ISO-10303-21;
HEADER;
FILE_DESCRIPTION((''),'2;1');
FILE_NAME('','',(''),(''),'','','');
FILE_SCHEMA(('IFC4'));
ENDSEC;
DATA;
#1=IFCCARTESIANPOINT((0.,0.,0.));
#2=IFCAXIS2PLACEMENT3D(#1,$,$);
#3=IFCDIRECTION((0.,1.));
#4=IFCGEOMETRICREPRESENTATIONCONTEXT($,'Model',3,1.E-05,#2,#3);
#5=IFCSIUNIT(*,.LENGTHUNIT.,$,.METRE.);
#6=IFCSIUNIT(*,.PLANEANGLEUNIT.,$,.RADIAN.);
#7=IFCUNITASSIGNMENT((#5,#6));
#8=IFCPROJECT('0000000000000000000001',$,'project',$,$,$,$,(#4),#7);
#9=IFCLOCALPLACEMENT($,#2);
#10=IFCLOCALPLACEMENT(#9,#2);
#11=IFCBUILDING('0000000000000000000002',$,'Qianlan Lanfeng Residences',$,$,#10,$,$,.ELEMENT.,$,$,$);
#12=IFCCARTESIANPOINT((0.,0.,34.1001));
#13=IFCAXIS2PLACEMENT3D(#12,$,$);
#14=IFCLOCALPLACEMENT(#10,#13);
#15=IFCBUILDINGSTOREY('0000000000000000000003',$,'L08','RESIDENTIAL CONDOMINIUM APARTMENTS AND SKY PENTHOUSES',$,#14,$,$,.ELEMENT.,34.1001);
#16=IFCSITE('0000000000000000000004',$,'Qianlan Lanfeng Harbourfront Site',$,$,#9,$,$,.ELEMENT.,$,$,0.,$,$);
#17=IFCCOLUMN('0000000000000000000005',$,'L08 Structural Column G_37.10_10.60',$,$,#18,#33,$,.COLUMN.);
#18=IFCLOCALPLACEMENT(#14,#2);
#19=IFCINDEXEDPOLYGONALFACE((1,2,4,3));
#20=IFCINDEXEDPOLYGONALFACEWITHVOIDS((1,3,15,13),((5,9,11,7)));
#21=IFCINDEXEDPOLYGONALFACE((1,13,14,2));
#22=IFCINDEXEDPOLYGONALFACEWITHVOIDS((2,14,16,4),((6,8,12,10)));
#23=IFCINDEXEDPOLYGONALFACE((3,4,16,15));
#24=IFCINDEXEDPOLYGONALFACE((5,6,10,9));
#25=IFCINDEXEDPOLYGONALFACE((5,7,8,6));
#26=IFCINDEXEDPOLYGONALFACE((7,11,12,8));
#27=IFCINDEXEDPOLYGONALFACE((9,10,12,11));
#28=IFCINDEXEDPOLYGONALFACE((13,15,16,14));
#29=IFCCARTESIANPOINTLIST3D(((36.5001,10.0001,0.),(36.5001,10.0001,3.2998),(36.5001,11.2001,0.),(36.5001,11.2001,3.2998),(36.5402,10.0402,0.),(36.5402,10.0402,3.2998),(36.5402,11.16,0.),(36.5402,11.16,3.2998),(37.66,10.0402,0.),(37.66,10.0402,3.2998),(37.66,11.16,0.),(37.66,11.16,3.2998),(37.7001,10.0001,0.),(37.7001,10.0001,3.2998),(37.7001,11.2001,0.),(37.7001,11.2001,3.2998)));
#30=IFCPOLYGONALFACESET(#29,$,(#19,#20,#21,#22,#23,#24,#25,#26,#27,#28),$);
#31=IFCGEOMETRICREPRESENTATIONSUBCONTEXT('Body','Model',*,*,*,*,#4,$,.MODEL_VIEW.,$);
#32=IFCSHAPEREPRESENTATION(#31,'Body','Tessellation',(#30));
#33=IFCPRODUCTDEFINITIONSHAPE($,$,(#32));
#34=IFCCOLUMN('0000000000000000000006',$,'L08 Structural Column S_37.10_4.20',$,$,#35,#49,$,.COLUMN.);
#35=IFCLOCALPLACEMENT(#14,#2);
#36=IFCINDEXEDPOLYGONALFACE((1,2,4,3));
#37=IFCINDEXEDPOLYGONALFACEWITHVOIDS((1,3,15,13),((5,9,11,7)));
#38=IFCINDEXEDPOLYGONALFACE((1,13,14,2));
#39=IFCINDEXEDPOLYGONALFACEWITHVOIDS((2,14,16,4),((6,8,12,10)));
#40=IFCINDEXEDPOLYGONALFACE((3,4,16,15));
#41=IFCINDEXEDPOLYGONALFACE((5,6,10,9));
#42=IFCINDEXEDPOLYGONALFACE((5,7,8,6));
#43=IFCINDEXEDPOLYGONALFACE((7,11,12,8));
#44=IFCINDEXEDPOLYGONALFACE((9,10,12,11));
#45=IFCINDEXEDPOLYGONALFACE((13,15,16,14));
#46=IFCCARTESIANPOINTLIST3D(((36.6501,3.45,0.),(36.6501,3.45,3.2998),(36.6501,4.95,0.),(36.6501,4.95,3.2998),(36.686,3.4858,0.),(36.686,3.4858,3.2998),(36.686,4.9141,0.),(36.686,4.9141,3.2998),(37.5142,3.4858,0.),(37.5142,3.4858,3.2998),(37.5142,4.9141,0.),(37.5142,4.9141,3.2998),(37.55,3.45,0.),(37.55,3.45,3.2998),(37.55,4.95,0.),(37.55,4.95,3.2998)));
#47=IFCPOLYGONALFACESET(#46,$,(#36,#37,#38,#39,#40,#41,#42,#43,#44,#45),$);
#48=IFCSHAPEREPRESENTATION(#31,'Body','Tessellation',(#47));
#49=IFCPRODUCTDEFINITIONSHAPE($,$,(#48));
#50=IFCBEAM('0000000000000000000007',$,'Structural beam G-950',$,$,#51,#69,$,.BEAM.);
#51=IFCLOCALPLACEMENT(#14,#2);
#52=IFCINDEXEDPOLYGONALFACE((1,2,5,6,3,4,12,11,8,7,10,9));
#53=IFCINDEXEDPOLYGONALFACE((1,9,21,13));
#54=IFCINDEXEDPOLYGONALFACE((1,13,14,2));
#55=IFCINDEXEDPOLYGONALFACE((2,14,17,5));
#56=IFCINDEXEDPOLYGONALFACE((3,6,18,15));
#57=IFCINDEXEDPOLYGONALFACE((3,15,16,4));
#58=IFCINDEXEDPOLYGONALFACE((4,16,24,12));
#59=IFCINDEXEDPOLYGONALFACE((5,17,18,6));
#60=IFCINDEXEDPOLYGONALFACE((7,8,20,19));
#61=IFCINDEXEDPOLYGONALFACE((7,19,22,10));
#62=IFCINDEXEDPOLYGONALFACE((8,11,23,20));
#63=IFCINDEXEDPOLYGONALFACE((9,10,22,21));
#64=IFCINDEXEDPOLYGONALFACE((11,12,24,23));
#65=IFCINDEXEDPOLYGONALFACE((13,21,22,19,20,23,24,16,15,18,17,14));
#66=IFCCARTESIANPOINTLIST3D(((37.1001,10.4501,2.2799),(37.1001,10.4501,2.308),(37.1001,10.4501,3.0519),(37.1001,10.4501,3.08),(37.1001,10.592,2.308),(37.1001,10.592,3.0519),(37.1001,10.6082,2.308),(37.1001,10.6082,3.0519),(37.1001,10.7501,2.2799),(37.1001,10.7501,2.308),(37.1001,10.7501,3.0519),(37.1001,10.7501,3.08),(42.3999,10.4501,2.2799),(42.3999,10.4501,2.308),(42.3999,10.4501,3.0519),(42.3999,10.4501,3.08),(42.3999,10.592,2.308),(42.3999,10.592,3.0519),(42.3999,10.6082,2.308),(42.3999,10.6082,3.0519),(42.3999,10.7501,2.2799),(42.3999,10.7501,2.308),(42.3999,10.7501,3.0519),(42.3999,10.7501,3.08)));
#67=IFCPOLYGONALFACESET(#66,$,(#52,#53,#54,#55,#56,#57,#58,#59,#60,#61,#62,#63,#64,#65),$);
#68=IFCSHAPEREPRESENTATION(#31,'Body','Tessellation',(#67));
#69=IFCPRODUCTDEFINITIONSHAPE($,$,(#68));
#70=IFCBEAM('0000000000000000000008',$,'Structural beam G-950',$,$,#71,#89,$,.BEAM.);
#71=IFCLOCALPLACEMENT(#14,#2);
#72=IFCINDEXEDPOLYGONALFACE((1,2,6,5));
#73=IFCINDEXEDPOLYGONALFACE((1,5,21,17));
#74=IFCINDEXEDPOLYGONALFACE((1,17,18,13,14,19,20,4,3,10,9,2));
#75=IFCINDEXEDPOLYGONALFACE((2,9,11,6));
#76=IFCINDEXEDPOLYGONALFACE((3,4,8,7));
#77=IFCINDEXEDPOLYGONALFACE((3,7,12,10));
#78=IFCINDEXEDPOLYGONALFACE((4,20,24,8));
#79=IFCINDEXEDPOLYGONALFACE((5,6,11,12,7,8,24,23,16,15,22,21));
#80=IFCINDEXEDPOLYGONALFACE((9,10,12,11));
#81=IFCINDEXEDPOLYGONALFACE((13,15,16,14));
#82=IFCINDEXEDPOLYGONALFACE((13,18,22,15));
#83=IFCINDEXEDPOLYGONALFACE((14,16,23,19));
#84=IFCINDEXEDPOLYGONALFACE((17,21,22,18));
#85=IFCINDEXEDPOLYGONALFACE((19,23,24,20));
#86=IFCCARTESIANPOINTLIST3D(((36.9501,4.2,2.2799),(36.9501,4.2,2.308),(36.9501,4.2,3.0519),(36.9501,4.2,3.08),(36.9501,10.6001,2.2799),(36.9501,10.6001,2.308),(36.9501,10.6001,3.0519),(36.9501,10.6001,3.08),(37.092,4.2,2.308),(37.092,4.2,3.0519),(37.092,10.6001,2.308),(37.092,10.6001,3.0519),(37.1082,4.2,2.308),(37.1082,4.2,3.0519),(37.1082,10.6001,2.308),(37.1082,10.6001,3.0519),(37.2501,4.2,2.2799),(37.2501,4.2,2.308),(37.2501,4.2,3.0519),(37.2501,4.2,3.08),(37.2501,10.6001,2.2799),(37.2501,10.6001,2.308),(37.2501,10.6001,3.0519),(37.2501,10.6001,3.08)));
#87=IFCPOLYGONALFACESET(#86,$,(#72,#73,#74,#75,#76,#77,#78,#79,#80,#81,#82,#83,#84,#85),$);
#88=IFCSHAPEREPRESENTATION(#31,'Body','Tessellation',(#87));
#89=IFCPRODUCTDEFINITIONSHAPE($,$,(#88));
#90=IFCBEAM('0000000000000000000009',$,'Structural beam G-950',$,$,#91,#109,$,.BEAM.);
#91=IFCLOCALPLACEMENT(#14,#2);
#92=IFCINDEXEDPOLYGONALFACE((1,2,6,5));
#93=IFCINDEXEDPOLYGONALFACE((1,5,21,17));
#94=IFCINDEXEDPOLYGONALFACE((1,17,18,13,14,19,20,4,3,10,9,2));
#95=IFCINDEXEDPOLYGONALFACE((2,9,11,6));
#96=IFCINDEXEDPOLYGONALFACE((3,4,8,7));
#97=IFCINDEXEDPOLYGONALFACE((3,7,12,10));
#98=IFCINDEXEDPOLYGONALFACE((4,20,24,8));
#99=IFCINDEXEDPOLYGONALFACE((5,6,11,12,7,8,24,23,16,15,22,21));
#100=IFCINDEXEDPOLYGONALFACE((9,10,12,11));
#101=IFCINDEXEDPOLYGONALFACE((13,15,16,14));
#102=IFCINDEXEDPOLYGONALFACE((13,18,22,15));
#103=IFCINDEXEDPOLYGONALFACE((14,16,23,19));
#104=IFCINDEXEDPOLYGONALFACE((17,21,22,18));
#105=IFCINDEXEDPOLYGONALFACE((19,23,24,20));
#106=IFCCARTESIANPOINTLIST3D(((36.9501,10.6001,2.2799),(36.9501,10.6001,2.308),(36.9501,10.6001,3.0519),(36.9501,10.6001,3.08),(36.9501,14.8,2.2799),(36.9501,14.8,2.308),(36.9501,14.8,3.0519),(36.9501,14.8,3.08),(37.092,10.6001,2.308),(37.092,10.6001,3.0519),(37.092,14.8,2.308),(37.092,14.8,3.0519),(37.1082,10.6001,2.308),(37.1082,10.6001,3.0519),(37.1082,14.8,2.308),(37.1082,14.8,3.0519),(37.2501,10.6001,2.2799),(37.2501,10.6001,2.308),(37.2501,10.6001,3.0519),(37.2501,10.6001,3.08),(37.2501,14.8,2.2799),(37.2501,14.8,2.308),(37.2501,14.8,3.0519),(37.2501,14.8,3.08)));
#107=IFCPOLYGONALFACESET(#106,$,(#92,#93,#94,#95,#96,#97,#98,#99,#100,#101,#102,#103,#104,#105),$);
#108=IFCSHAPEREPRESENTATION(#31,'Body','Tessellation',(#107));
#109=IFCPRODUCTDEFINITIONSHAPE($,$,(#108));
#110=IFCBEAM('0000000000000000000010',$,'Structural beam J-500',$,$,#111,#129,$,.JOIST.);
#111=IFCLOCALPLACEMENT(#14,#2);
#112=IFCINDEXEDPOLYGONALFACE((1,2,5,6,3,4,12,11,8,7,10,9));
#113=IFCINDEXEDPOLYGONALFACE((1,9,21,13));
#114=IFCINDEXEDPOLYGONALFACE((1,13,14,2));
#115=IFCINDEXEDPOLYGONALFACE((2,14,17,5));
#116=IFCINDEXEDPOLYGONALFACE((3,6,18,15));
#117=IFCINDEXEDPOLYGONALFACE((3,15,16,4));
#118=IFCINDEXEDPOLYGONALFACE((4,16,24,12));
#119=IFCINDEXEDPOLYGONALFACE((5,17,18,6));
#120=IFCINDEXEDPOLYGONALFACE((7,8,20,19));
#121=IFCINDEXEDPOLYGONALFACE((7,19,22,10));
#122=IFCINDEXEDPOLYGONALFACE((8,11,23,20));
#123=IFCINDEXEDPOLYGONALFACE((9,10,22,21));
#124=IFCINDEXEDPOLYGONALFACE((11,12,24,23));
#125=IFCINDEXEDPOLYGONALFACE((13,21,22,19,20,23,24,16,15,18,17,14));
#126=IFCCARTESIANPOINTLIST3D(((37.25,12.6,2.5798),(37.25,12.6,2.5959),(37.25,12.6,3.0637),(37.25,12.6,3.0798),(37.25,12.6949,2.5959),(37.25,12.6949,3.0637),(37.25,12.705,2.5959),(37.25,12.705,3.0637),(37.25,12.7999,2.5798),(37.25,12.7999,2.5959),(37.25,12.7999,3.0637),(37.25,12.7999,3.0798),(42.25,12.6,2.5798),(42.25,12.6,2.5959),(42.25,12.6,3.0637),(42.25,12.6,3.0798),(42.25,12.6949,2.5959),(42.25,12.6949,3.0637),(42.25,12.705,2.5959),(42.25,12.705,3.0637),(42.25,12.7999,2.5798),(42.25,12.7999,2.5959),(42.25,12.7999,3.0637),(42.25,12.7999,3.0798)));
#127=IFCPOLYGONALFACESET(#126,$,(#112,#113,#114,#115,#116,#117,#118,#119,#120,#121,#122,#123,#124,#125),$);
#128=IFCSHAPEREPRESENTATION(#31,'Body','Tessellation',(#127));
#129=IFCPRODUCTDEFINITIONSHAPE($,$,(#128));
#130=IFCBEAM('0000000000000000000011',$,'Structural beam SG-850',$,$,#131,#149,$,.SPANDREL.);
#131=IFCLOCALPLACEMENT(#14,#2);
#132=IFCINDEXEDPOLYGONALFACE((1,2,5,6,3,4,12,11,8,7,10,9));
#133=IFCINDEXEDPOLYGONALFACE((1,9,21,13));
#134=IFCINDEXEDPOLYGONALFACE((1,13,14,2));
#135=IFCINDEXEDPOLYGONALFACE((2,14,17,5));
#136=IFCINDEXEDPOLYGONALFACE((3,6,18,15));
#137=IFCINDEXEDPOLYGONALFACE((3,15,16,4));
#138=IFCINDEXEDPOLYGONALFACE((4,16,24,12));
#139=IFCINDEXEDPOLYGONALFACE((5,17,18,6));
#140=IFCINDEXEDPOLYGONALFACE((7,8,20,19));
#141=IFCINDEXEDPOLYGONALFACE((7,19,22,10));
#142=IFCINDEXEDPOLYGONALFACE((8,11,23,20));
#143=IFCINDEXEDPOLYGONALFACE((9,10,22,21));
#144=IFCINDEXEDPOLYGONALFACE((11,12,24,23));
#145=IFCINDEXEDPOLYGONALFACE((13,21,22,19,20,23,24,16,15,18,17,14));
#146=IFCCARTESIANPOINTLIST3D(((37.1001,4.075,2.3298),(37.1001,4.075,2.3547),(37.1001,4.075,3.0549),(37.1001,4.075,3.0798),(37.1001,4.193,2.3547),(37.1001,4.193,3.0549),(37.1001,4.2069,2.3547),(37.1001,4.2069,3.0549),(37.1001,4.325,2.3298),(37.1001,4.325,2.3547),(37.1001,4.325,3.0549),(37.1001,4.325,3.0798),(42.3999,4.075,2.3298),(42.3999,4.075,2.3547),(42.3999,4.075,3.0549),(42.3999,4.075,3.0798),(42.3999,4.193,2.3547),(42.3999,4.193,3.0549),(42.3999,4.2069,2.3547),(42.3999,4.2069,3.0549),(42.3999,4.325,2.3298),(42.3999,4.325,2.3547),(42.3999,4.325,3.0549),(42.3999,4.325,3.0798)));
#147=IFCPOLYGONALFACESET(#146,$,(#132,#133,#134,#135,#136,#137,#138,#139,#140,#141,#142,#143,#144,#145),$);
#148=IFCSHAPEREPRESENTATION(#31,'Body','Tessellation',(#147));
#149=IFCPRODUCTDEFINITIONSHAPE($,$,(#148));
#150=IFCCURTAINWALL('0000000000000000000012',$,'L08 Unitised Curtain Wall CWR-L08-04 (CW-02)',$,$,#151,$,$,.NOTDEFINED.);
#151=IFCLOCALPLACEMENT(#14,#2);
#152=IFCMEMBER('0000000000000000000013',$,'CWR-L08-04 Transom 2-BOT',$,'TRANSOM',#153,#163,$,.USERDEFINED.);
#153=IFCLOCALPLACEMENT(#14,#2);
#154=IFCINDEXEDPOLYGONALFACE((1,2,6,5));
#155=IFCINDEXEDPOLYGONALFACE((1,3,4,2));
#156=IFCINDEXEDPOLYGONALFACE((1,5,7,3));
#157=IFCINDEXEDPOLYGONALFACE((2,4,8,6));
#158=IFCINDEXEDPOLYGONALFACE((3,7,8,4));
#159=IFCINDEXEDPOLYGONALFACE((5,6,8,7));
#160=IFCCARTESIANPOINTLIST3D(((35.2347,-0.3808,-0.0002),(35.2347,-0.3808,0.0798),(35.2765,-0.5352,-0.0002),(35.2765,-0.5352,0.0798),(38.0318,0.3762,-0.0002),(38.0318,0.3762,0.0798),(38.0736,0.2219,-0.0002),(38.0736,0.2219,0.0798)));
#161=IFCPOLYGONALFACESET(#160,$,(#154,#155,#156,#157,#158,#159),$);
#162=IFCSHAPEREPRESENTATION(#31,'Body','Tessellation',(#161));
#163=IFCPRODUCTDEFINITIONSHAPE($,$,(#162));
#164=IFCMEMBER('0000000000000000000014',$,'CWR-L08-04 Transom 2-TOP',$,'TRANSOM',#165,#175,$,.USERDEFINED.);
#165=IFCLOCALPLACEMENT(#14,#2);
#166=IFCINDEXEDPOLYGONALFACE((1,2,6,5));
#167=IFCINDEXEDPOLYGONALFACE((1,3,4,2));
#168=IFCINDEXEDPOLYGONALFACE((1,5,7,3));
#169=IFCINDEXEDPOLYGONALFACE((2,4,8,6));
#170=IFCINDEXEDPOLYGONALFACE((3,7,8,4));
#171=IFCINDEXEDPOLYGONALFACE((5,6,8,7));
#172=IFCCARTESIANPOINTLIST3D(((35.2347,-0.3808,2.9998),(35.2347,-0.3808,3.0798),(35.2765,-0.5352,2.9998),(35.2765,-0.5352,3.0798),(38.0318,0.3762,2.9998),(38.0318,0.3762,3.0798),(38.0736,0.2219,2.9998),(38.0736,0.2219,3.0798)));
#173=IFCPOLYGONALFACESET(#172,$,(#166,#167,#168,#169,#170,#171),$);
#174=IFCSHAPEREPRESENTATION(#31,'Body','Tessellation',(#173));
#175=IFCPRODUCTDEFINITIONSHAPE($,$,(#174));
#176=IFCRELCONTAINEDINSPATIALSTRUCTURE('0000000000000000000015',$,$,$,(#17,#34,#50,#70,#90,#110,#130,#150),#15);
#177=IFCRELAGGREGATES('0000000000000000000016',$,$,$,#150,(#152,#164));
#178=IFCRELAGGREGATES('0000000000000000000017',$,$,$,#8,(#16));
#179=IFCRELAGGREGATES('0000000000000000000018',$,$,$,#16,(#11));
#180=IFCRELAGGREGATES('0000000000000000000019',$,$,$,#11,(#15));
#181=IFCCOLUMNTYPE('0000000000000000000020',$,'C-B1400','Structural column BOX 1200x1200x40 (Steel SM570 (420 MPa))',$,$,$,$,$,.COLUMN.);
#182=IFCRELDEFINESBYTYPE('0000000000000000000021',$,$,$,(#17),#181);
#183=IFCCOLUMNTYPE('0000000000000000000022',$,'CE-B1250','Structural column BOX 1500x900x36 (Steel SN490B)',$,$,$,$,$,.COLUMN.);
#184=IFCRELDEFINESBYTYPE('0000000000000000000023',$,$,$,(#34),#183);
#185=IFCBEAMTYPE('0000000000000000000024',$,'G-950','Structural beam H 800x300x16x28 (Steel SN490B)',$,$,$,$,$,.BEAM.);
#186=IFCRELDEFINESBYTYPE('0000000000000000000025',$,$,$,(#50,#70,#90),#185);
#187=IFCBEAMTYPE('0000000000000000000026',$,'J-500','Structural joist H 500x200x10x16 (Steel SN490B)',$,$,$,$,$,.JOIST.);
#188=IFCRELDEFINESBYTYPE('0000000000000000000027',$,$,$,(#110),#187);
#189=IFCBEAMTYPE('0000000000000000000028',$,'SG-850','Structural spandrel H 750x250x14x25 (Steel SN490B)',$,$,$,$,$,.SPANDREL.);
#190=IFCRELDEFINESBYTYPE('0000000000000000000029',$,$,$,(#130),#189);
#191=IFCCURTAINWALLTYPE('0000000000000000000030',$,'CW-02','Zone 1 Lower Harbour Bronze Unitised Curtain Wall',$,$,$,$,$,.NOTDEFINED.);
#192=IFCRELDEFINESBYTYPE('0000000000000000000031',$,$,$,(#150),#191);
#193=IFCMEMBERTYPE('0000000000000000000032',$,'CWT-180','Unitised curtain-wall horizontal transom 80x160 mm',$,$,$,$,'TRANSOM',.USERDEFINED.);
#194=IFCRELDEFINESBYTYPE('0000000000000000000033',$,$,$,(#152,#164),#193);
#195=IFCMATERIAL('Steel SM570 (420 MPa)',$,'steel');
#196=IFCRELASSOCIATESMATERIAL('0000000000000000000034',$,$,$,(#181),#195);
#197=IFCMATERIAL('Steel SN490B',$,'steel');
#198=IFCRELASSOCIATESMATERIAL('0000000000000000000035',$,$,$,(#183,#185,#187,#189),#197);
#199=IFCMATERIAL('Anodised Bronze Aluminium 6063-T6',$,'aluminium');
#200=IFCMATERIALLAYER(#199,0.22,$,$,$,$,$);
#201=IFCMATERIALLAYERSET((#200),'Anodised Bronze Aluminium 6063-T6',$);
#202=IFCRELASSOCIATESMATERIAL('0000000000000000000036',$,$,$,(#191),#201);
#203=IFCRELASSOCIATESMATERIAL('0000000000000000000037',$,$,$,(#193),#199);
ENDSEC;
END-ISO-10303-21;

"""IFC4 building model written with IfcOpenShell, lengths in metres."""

from ifc_helpers import new_model, si_unit, direction, frame, origin, origin_2d, place, context, subcontext, project, spatial, rectangle, hollow_rectangle, i_section, extrude, source, transform, mapped, material, layer, layer_set, material_profile, profile_set, type_object, element, aggregate, save


model = new_model("IFC4")

# Units and contexts
model_context = context("Model", 3, precision=1e-05, world=origin(), true_north=direction((0.0, 1.0)))
body_context = subcontext(model_context, "Body", "Model", "MODEL_VIEW")
ifc_project = project(units=[si_unit("LENGTHUNIT", "METRE"), si_unit("PLANEANGLEUNIT", "RADIAN")], contexts=[model_context])

# Site, building, storey
site_placement = place(None, origin())
site = spatial("IfcSite", under=ifc_project, at=site_placement, Name="Qianlan Lanfeng Harbourfront Site", CompositionType="ELEMENT", RefElevation=0.0)
building_placement = place(site_placement, origin())
building = spatial("IfcBuilding", under=site, at=building_placement, Name="Qianlan Lanfeng Residences", CompositionType="ELEMENT")
storey_placement = place(building_placement, frame((0.0, 0.0, 34.1001)))
storey = spatial("IfcBuildingStorey", under=building, at=storey_placement, Name="L08", Description="RESIDENTIAL CONDOMINIUM APARTMENTS AND SKY PENTHOUSES", CompositionType="ELEMENT", Elevation=34.1001)

# Columns
ifc_material_1 = material(Name="Steel SM570 (420 MPa)", Category="steel")
ifc_material_profile_1 = material_profile(ifc_material_1, hollow_rectangle(XDim=1.2, YDim=1.2, WallThickness=0.04, at=origin_2d()), Name="BOX 1200x1200x40")
ifc_profile_set_1 = profile_set([ifc_material_profile_1], Name="Steel SM570 (420 MPa)")
column_type_1 = type_object("IfcColumnType", Name="C-B1400", Description="Structural column BOX 1200x1200x40 (Steel SM570 (420 MPa))", PredefinedType="COLUMN", material=ifc_profile_set_1)
column_1_placement = place(storey_placement, frame((37.1001, 10.6001, 0.0), z_axis=(0.0, 0.0, 1.0), x_axis=(1.0, 0.0, 0.0)))
element("IfcColumn", 1, at=column_1_placement, inside=storey, type_object=column_type_1, Name="L08 Structural Column G_37.10_10.60", PredefinedType="COLUMN", context=body_context, shape_type="SweptSolid", body=[
    extrude(hollow_rectangle(XDim=1.2, YDim=1.2, WallThickness=0.04, at=origin_2d()), origin(), (0.0, 0.0, 1.0), 3.2998),
])
ifc_material_2 = material(Name="Steel SN490B", Category="steel")
ifc_material_profile_2 = material_profile(ifc_material_2, hollow_rectangle(XDim=0.8999, YDim=1.5, WallThickness=0.0359, at=origin_2d()), Name="BOX 1500x900x36")
ifc_profile_set_2 = profile_set([ifc_material_profile_2], Name="Steel SN490B")
column_type_2 = type_object("IfcColumnType", Name="CE-B1250", Description="Structural column BOX 1500x900x36 (Steel SN490B)", PredefinedType="COLUMN", material=ifc_profile_set_2)
column_2_placement = place(storey_placement, frame((37.1001, 4.2, 0.0), z_axis=(0.0, 0.0, 1.0), x_axis=(1.0, 0.0, 0.0)))
element("IfcColumn", 2, at=column_2_placement, inside=storey, type_object=column_type_2, Name="L08 Structural Column S_37.10_4.20", PredefinedType="COLUMN", context=body_context, shape_type="SweptSolid", body=[
    extrude(hollow_rectangle(XDim=0.8999, YDim=1.5, WallThickness=0.0359, at=origin_2d()), origin(), (0.0, 0.0, 1.0), 3.2998),
])

# Beams
ifc_material_profile_3 = material_profile(ifc_material_2, i_section(OverallWidth=0.3, OverallDepth=0.8, WebThickness=0.0161, FlangeThickness=0.0281, at=origin_2d()), Name="H 800x300x16x28")
ifc_profile_set_3 = profile_set([ifc_material_profile_3], Name="Steel SN490B")
beam_type_1 = type_object("IfcBeamType", Name="G-950", Description="Structural beam H 800x300x16x28 (Steel SN490B)", PredefinedType="BEAM", material=ifc_profile_set_3)
beam_1_placement = place(storey_placement, frame((37.1001, 10.6001, 2.6799), z_axis=(1.0, 0.0, 0.0), x_axis=(0.0, 1.0, 0.0)))
element("IfcBeam", 3, at=beam_1_placement, inside=storey, type_object=beam_type_1, Name="Structural beam G-950", PredefinedType="BEAM", context=body_context, shape_type="SweptSolid", body=[
    extrude(i_section(OverallWidth=0.3, OverallDepth=0.8, WebThickness=0.0161, FlangeThickness=0.0281, at=origin_2d()), origin(), (0.0, 0.0, 1.0), 5.2998),
])
beam_2_placement = place(storey_placement, frame((37.1001, 4.2, 2.6799), z_axis=(0.0, 1.0, 0.0), x_axis=(-1.0, 0.0, 0.0)))
element("IfcBeam", 4, at=beam_2_placement, inside=storey, type_object=beam_type_1, Name="Structural beam G-950", PredefinedType="BEAM", context=body_context, shape_type="SweptSolid", body=[
    extrude(i_section(OverallWidth=0.3, OverallDepth=0.8, WebThickness=0.0161, FlangeThickness=0.0281, at=origin_2d()), origin(), (0.0, 0.0, 1.0), 6.4001),
])
beam_3_placement = place(storey_placement, frame((37.1001, 10.6001, 2.6799), z_axis=(0.0, 1.0, 0.0), x_axis=(-1.0, 0.0, 0.0)))
element("IfcBeam", 5, at=beam_3_placement, inside=storey, type_object=beam_type_1, Name="Structural beam G-950", PredefinedType="BEAM", context=body_context, shape_type="SweptSolid", body=[
    extrude(i_section(OverallWidth=0.3, OverallDepth=0.8, WebThickness=0.0161, FlangeThickness=0.0281, at=origin_2d()), origin(), (0.0, 0.0, 1.0), 4.2),
])
ifc_material_profile_4 = material_profile(ifc_material_2, i_section(OverallWidth=0.2, OverallDepth=0.5, WebThickness=0.01, FlangeThickness=0.0161, at=origin_2d()), Name="H 500x200x10x16")
ifc_profile_set_4 = profile_set([ifc_material_profile_4], Name="Steel SN490B")
beam_type_2 = type_object("IfcBeamType", Name="J-500", Description="Structural joist H 500x200x10x16 (Steel SN490B)", PredefinedType="JOIST", material=ifc_profile_set_4)
beam_4_placement = place(storey_placement, frame((37.25, 12.7, 2.8298), z_axis=(1.0, 0.0, 0.0), x_axis=(0.0, 1.0, 0.0)))
element("IfcBeam", 6, at=beam_4_placement, inside=storey, type_object=beam_type_2, Name="Structural beam J-500", PredefinedType="JOIST", context=body_context, shape_type="SweptSolid", body=[
    extrude(i_section(OverallWidth=0.2, OverallDepth=0.5, WebThickness=0.01, FlangeThickness=0.0161, at=origin_2d()), origin(), (0.0, 0.0, 1.0), 5.0),
])
ifc_material_profile_5 = material_profile(ifc_material_2, i_section(OverallWidth=0.25, OverallDepth=0.75, WebThickness=0.0139, FlangeThickness=0.0249, at=origin_2d()), Name="H 750x250x14x25")
ifc_profile_set_5 = profile_set([ifc_material_profile_5], Name="Steel SN490B")
beam_type_3 = type_object("IfcBeamType", Name="SG-850", Description="Structural spandrel H 750x250x14x25 (Steel SN490B)", PredefinedType="SPANDREL", material=ifc_profile_set_5)
beam_5_placement = place(storey_placement, frame((37.1001, 4.2, 2.7048), z_axis=(1.0, 0.0, 0.0), x_axis=(0.0, 1.0, 0.0)))
element("IfcBeam", 7, at=beam_5_placement, inside=storey, type_object=beam_type_3, Name="Structural beam SG-850", PredefinedType="SPANDREL", context=body_context, shape_type="SweptSolid", body=[
    extrude(i_section(OverallWidth=0.25, OverallDepth=0.75, WebThickness=0.0139, FlangeThickness=0.0249, at=origin_2d()), origin(), (0.0, 0.0, 1.0), 5.2998),
])

# Curtain wall, members
ifc_material_3 = material(Name="Anodised Bronze Aluminium 6063-T6", Category="aluminium")
ifc_layer_1 = layer(ifc_material_3, 0.22)
ifc_layer_set_1 = layer_set([ifc_layer_1], Name="Anodised Bronze Aluminium 6063-T6")
curtain_wall_type = type_object("IfcCurtainWallType", Name="CW-02", Description="Zone 1 Lower Harbour Bronze Unitised Curtain Wall", PredefinedType="NOTDEFINED", material=ifc_layer_set_1)
curtain_wall_1_placement = place(storey_placement, origin())
curtain_wall_1 = element("IfcCurtainWall", 8, at=curtain_wall_1_placement, inside=storey, type_object=curtain_wall_type, Name="L08 Unitised Curtain Wall CWR-L08-04 (CW-02)", PredefinedType="NOTDEFINED")
ifc_material_profile_6 = material_profile(ifc_material_3, rectangle(XDim=0.0801, YDim=0.1599, at=origin_2d()), Name="ALU TRANSOM 80x160")
ifc_profile_set_6 = profile_set([ifc_material_profile_6], Name="Anodised Bronze Aluminium 6063-T6")
member_type_1 = type_object("IfcMemberType", Name="CWT-180", Description="Unitised curtain-wall horizontal transom 80x160 mm", ElementType="TRANSOM", PredefinedType="USERDEFINED", material=ifc_profile_set_6)
shared_shape_1 = source(origin(), body_context, "Body", "SweptSolid", [
    extrude(rectangle(XDim=0.0801, YDim=0.1599, at=origin_2d()), origin(), (0.0, 0.0, 1.0), 2.8977),
])
member_1_placement = place(storey_placement, frame((35.2556, -0.458, 0.0398), z_axis=(0.965268, 0.261263, 0.0), x_axis=(0.0, 0.0, 1.0)))
member_1 = element("IfcMember", 9, at=member_1_placement, type_object=member_type_1, Name="CWR-L08-04 Transom 2-BOT", ObjectType="TRANSOM", PredefinedType="USERDEFINED", context=body_context, shape_type="MappedRepresentation", body=[
    mapped(shared_shape_1, transform((0.0, 0.0, 0.0), scale=1.0)),
])
member_2_placement = place(storey_placement, frame((35.2556, -0.458, 3.0398), z_axis=(0.965268, 0.261263, 0.0), x_axis=(0.0, 0.0, 1.0)))
member_2 = element("IfcMember", 10, at=member_2_placement, type_object=member_type_1, Name="CWR-L08-04 Transom 2-TOP", ObjectType="TRANSOM", PredefinedType="USERDEFINED", context=body_context, shape_type="MappedRepresentation", body=[
    mapped(shared_shape_1, transform((0.0, 0.0, 0.0), scale=1.0)),
])

aggregate(curtain_wall_1, [member_1, member_2])

save(model, "model.ifc")
